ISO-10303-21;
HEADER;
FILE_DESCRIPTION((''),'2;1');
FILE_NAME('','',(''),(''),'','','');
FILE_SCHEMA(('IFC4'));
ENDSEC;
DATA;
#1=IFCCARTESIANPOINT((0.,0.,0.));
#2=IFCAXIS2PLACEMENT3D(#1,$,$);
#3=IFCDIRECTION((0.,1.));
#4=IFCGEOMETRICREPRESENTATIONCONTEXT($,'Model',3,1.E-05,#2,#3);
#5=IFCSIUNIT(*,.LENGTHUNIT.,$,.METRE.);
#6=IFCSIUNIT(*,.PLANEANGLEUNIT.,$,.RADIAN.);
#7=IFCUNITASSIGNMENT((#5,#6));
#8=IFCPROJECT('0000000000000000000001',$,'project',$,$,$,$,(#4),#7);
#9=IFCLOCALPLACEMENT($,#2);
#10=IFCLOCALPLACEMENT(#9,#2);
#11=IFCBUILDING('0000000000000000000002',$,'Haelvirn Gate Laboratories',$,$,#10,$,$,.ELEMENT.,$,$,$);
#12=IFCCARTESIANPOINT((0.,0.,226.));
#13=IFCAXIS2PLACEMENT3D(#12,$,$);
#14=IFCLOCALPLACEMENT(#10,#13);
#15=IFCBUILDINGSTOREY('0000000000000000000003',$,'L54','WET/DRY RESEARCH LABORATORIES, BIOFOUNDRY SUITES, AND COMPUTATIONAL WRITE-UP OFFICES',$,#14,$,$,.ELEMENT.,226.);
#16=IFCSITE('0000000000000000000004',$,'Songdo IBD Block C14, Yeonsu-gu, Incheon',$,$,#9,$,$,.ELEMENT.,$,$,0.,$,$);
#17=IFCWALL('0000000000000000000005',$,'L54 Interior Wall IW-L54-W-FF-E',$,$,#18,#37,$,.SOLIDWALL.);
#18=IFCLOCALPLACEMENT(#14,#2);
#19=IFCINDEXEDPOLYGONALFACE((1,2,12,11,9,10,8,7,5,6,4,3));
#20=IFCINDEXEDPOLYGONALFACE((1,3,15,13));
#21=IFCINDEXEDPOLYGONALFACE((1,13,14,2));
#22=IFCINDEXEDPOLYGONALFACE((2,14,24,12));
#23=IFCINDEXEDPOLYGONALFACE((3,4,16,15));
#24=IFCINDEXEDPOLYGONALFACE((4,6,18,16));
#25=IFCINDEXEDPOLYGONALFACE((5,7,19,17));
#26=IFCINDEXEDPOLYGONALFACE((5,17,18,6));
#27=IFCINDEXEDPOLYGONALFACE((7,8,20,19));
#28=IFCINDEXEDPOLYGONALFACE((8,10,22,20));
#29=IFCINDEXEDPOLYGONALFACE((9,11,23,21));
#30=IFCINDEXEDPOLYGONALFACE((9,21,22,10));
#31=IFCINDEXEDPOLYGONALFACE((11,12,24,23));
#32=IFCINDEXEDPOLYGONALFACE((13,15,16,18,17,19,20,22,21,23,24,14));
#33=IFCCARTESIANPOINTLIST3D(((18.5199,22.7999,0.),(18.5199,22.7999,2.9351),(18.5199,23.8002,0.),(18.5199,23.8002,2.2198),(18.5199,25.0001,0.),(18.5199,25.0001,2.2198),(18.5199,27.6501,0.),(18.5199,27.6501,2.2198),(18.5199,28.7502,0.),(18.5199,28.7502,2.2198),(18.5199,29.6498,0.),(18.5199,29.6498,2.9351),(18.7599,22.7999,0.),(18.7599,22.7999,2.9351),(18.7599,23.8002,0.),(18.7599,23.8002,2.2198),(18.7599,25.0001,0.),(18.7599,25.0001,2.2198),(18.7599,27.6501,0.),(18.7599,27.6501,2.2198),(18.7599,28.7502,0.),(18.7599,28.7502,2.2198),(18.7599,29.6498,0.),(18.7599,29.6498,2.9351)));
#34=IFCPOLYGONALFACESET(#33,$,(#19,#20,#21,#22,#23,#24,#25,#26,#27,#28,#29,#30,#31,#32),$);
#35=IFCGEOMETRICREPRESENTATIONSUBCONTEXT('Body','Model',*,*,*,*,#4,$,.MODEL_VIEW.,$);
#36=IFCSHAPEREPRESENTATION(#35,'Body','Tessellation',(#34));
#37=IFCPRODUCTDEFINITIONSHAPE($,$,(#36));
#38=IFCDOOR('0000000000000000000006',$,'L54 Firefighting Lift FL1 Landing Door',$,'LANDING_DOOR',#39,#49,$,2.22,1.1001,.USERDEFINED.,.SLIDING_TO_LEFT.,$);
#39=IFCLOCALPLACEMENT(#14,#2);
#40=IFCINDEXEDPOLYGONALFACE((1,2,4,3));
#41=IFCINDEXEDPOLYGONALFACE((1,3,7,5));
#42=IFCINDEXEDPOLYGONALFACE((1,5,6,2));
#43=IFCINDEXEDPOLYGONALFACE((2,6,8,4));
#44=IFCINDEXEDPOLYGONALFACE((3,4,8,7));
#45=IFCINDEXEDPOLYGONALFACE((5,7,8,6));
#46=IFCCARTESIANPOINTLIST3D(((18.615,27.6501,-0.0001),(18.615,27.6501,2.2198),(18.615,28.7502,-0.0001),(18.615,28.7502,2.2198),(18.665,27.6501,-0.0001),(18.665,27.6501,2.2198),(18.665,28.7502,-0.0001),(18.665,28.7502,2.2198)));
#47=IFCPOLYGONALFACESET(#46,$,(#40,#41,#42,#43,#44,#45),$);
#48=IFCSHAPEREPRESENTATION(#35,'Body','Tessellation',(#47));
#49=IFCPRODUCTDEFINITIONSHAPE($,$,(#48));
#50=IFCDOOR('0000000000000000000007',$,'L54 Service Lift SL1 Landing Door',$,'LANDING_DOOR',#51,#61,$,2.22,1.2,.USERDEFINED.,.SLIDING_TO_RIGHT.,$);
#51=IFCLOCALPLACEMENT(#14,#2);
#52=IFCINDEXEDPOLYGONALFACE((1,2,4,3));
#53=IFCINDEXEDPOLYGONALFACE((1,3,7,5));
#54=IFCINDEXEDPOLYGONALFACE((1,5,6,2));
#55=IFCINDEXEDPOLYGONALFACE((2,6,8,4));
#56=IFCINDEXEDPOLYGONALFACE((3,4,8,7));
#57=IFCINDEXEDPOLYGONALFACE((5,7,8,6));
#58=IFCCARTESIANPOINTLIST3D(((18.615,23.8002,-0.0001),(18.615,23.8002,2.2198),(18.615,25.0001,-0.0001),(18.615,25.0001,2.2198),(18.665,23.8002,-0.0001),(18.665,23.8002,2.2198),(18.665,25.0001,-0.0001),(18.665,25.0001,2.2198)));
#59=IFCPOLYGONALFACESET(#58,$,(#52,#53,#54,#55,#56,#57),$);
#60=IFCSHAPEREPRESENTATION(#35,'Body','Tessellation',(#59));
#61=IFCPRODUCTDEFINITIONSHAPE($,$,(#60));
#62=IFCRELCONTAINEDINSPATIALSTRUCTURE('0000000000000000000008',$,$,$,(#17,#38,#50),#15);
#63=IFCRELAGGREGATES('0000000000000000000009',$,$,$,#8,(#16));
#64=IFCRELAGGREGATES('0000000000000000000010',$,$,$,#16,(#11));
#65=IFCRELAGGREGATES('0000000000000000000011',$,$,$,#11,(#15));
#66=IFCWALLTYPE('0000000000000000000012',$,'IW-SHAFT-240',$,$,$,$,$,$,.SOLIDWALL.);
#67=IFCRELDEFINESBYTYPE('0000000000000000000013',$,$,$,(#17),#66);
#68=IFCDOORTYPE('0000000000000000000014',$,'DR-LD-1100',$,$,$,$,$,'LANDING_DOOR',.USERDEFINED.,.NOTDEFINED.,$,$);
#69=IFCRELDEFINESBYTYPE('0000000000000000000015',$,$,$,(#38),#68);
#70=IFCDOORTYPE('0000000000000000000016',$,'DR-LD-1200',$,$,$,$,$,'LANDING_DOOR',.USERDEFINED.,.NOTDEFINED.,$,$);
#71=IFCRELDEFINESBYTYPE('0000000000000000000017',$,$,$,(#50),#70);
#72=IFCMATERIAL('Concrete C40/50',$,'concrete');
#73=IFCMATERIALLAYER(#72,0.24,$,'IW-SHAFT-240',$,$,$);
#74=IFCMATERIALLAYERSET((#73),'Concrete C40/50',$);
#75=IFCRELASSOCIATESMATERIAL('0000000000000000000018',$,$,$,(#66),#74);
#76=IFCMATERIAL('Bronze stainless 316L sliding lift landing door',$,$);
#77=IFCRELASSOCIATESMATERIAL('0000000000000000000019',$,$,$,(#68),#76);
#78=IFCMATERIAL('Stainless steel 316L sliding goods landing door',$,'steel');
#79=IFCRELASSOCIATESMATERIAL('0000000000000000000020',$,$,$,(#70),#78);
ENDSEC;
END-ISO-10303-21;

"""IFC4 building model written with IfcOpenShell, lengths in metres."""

from ifc_helpers import new_model, si_unit, direction, frame, frame_2d, origin, place, context, subcontext, project, spatial, rectangle, extrude, source, transform, mapped, material, layer, layer_set, type_object, type_shapes, element, fill, save


model = new_model("IFC4")

# Units and contexts
model_context = context("Model", 3, precision=1e-05, world=origin(), true_north=direction((0.0, 1.0)))
body_context = subcontext(model_context, "Body", "Model", "MODEL_VIEW")
ifc_project = project(units=[si_unit("LENGTHUNIT", "METRE"), si_unit("PLANEANGLEUNIT", "RADIAN")], contexts=[model_context])

# Site, building, storey
site_placement = place(None, origin())
site = spatial("IfcSite", under=ifc_project, at=site_placement, Name="Songdo IBD Block C14, Yeonsu-gu, Incheon", CompositionType="ELEMENT", RefElevation=0.0)
building_placement = place(site_placement, origin())
building = spatial("IfcBuilding", under=site, at=building_placement, Name="Haelvirn Gate Laboratories", CompositionType="ELEMENT")
storey_placement = place(building_placement, frame((0.0, 0.0, 226.0)))
storey = spatial("IfcBuildingStorey", under=building, at=storey_placement, Name="L54", Description="WET/DRY RESEARCH LABORATORIES, BIOFOUNDRY SUITES, AND COMPUTATIONAL WRITE-UP OFFICES", CompositionType="ELEMENT", Elevation=226.0)

# Shared definitions
ifc_material_1 = material(Name="Concrete C40/50", Category="concrete")
ifc_layer_1 = layer(ifc_material_1, 0.24, Name="IW-SHAFT-240")
ifc_layer_set_1 = layer_set([ifc_layer_1], Name="Concrete C40/50")
wall_type_1 = type_object("IfcWallType", Name="IW-SHAFT-240", PredefinedType="SOLIDWALL", material=ifc_layer_set_1)

# Wall, openings, doors
wall_1_placement = place(storey_placement, frame((18.6399, 22.8, 0.0), z_axis=(0.0, 0.0, 1.0), x_axis=(0.0, 1.0, 0.0)))
wall_1 = element("IfcWall", 1, at=wall_1_placement, inside=storey, type_object=wall_type_1, Name="L54 Interior Wall IW-L54-W-FF-E", PredefinedType="SOLIDWALL", context=body_context, shape_type="SweptSolid", body=[
    extrude(rectangle(XDim=6.8499, YDim=0.24, at=frame_2d((3.4248, 0.0))), origin(), (0.0, 0.0, 1.0), 2.9351),
])
opening_1_placement = place(wall_1_placement, frame((4.8501, 0.0, 0.0)))
opening_1 = element("IfcOpeningElement", 2, at=opening_1_placement, cuts=wall_1, PredefinedType="OPENING", context=body_context, shape_type="SweptSolid", body=[
    extrude(rectangle(XDim=1.1001, YDim=2.22, at=frame_2d((0.55, 1.1099))), frame((0.0, 0.1299, 0.0), z_axis=(0.0, -1.0, 0.0), x_axis=(1.0, 0.0, 0.0)), (0.0, 0.0, 1.0), 0.26),
])
opening_2_placement = place(wall_1_placement, frame((1.0, 0.0, 0.0)))
opening_2 = element("IfcOpeningElement", 3, at=opening_2_placement, cuts=wall_1, PredefinedType="OPENING", context=body_context, shape_type="SweptSolid", body=[
    extrude(rectangle(XDim=1.2, YDim=2.22, at=frame_2d((0.6001, 1.1099))), frame((0.0, 0.1299, 0.0), z_axis=(0.0, -1.0, 0.0), x_axis=(1.0, 0.0, 0.0)), (0.0, 0.0, 1.0), 0.26),
])
ifc_material_2 = material(Name="Bronze stainless 316L sliding lift landing door")
door_type_1 = type_object("IfcDoorType", Name="DR-LD-1100", ElementType="LANDING_DOOR", OperationType="NOTDEFINED", PredefinedType="USERDEFINED", material=ifc_material_2)
shared_shape_1 = source(origin(), body_context, "Body", "SweptSolid", [
    extrude(rectangle(XDim=1.1001, YDim=2.22, at=frame_2d((0.55, 1.1099))), frame((0.0, 0.0249, 0.0), z_axis=(0.0, -1.0, 0.0), x_axis=(1.0, 0.0, 0.0)), (0.0, 0.0, 1.0), 0.05),
])
type_shapes(door_type_1, [shared_shape_1])
door_1_placement = place(opening_1_placement, origin())
door_1 = element("IfcDoor", 4, at=door_1_placement, inside=storey, type_object=door_type_1, Name="L54 Firefighting Lift FL1 Landing Door", ObjectType="LANDING_DOOR", OperationType="SLIDING_TO_LEFT", OverallHeight=2.22, OverallWidth=1.1001, PredefinedType="USERDEFINED", context=body_context, shape_type="MappedRepresentation", body=[
    mapped(shared_shape_1, transform((0.0, 0.0, 0.0), scale=1.0)),
])
fill(opening_1, door_1)
ifc_material_3 = material(Name="Stainless steel 316L sliding goods landing door", Category="steel")
door_type_2 = type_object("IfcDoorType", Name="DR-LD-1200", ElementType="LANDING_DOOR", OperationType="NOTDEFINED", PredefinedType="USERDEFINED", material=ifc_material_3)
shared_shape_2 = source(origin(), body_context, "Body", "SweptSolid", [
    extrude(rectangle(XDim=1.2, YDim=2.22, at=frame_2d((0.6001, 1.1099))), frame((0.0, 0.0249, 0.0), z_axis=(0.0, -1.0, 0.0), x_axis=(1.0, 0.0, 0.0)), (0.0, 0.0, 1.0), 0.05),
])
type_shapes(door_type_2, [shared_shape_2])
door_2_placement = place(opening_2_placement, origin())
door_2 = element("IfcDoor", 5, at=door_2_placement, inside=storey, type_object=door_type_2, Name="L54 Service Lift SL1 Landing Door", ObjectType="LANDING_DOOR", OperationType="SLIDING_TO_RIGHT", OverallHeight=2.22, OverallWidth=1.2, PredefinedType="USERDEFINED", context=body_context, shape_type="MappedRepresentation", body=[
    mapped(shared_shape_2, transform((0.0, 0.0, 0.0), scale=1.0)),
])
fill(opening_2, door_2)

save(model, "model.ifc")
